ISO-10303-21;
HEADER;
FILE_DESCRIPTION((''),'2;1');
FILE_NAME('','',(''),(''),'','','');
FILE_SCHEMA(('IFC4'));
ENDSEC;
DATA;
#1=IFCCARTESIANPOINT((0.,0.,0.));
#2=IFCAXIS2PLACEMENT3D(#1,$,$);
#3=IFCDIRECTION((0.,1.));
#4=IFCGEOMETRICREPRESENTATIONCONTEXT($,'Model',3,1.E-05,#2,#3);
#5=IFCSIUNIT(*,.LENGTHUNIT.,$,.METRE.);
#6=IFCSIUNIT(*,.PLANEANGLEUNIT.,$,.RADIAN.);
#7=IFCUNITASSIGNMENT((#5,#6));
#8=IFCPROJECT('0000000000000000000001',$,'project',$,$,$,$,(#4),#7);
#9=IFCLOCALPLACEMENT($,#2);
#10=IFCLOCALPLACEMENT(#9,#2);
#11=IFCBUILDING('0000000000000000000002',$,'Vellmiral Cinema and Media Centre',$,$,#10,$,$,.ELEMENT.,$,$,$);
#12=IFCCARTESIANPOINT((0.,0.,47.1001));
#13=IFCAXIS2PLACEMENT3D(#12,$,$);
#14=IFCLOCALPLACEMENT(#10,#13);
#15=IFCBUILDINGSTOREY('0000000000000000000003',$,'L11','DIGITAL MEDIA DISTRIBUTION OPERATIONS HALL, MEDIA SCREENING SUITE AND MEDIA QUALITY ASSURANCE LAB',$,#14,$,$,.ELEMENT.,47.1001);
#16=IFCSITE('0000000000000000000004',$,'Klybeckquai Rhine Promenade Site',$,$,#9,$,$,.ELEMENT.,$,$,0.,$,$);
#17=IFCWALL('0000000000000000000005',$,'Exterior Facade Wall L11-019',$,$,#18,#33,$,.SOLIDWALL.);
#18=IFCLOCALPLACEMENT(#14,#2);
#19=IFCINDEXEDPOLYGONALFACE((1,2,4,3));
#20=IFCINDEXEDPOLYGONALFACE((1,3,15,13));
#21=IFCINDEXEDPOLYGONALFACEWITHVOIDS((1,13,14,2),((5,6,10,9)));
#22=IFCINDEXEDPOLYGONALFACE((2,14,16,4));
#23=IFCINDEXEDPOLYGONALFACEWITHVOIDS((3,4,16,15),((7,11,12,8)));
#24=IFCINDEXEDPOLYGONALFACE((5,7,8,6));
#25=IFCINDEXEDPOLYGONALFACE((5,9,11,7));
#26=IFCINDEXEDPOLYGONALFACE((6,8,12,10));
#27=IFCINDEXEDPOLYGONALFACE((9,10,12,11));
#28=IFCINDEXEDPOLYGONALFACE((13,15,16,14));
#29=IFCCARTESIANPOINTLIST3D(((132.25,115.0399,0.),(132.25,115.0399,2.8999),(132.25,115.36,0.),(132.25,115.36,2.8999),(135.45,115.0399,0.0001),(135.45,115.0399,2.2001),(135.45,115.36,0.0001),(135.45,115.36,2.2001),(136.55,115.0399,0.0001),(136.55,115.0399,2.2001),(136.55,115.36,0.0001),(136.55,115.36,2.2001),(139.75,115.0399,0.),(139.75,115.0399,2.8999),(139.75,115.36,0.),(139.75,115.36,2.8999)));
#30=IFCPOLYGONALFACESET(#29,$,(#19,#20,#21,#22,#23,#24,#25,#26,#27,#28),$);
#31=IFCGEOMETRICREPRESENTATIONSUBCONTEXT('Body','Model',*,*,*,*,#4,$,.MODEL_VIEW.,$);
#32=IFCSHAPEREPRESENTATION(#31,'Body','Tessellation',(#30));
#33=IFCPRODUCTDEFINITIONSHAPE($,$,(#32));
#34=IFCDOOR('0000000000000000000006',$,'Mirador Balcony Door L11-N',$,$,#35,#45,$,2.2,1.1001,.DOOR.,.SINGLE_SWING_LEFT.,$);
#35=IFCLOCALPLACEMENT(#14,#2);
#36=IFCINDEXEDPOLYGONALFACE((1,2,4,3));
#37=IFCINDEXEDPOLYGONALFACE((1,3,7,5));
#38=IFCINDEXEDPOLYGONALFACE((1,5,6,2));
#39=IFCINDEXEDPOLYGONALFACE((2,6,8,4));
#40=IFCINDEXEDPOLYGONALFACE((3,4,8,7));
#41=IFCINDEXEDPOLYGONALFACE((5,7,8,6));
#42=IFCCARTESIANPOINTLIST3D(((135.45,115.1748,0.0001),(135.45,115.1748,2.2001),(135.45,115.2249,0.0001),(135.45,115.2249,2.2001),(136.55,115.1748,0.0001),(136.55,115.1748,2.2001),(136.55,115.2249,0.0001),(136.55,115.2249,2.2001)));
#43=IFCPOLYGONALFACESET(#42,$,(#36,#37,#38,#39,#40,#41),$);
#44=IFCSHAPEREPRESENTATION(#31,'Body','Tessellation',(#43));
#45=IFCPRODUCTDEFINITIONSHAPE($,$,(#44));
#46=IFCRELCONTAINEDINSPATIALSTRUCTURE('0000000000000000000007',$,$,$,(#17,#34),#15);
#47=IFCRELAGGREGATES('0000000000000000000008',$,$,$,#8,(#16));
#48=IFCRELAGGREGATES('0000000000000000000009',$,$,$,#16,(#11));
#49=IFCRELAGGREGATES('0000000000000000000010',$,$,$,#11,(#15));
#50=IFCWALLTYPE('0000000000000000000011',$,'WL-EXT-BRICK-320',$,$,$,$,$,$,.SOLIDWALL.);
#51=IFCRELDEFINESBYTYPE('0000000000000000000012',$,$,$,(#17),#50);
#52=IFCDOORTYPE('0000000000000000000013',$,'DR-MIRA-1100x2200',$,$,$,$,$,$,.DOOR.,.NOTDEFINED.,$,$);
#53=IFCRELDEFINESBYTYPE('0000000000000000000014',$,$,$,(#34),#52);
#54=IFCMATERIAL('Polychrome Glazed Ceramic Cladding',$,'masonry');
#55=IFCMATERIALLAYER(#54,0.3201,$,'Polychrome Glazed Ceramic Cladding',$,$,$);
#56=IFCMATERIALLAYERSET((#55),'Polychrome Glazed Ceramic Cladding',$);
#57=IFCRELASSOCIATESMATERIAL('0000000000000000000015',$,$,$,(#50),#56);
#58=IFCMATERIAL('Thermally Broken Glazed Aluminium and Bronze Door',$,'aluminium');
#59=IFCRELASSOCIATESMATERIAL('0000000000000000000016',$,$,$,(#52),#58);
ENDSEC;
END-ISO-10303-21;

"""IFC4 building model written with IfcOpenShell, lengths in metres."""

from ifc_helpers import new_model, si_unit, direction, frame, frame_2d, origin, place, context, subcontext, project, spatial, rectangle, extrude, material, layer, layer_set, type_object, element, fill, save


model = new_model("IFC4")

# Units and contexts
model_context = context("Model", 3, precision=1e-05, world=origin(), true_north=direction((0.0, 1.0)))
body_context = subcontext(model_context, "Body", "Model", "MODEL_VIEW")
ifc_project = project(units=[si_unit("LENGTHUNIT", "METRE"), si_unit("PLANEANGLEUNIT", "RADIAN")], contexts=[model_context])

# Site, building, storey
site_placement = place(None, origin())
site = spatial("IfcSite", under=ifc_project, at=site_placement, Name="Klybeckquai Rhine Promenade Site", CompositionType="ELEMENT", RefElevation=0.0)
building_placement = place(site_placement, origin())
building = spatial("IfcBuilding", under=site, at=building_placement, Name="Vellmiral Cinema and Media Centre", CompositionType="ELEMENT")
storey_placement = place(building_placement, frame((0.0, 0.0, 47.1001)))
storey = spatial("IfcBuildingStorey", under=building, at=storey_placement, Name="L11", Description="DIGITAL MEDIA DISTRIBUTION OPERATIONS HALL, MEDIA SCREENING SUITE AND MEDIA QUALITY ASSURANCE LAB", CompositionType="ELEMENT", Elevation=47.1001)

# Wall, opening, door
ifc_material_1 = material(Name="Polychrome Glazed Ceramic Cladding", Category="masonry")
ifc_layer_1 = layer(ifc_material_1, 0.3201, Name="Polychrome Glazed Ceramic Cladding")
ifc_layer_set_1 = layer_set([ifc_layer_1], Name="Polychrome Glazed Ceramic Cladding")
wall_type = type_object("IfcWallType", Name="WL-EXT-BRICK-320", PredefinedType="SOLIDWALL", material=ifc_layer_set_1)
wall_placement = place(storey_placement, frame((139.75, 115.2, 0.0), z_axis=(0.0, 0.0, 1.0), x_axis=(-1.0, 0.0, 0.0)))
wall = element("IfcWall", 1, at=wall_placement, inside=storey, type_object=wall_type, Name="Exterior Facade Wall L11-019", PredefinedType="SOLIDWALL", context=body_context, shape_type="SweptSolid", body=[
    extrude(rectangle(XDim=7.5, YDim=0.3201, at=frame_2d((3.75, 0.0))), origin(), (0.0, 0.0, 1.0), 2.8999),
])
opening_placement = place(wall_placement, frame((3.2, 0.0, 0.0)))
opening = element("IfcOpeningElement", 2, at=opening_placement, cuts=wall, PredefinedType="OPENING", context=body_context, shape_type="SweptSolid", body=[
    extrude(rectangle(XDim=1.1001, YDim=2.2, at=frame_2d((0.55, 1.1001))), frame((0.0, 0.1719, 0.0), z_axis=(0.0, -1.0, 0.0), x_axis=(1.0, 0.0, 0.0)), (0.0, 0.0, 1.0), 0.344),
])
ifc_material_2 = material(Name="Thermally Broken Glazed Aluminium and Bronze Door", Category="aluminium")
door_type = type_object("IfcDoorType", Name="DR-MIRA-1100x2200", OperationType="NOTDEFINED", PredefinedType="DOOR", material=ifc_material_2)
door_placement = place(opening_placement, frame((1.1001, 0.0, 0.0), z_axis=(0.0, 0.0, 1.0), x_axis=(-1.0, 0.0, 0.0)))
door = element("IfcDoor", 3, at=door_placement, inside=storey, type_object=door_type, Name="Mirador Balcony Door L11-N", OperationType="SINGLE_SWING_LEFT", OverallHeight=2.2, OverallWidth=1.1001, PredefinedType="DOOR", context=body_context, shape_type="SweptSolid", body=[
    extrude(rectangle(XDim=1.1001, YDim=2.2, at=frame_2d((0.55, 1.1001))), frame((0.0, 0.0249, 0.0), z_axis=(0.0, -1.0, 0.0), x_axis=(1.0, 0.0, 0.0)), (0.0, 0.0, 1.0), 0.05),
])
fill(opening, door)

save(model, "model.ifc")
